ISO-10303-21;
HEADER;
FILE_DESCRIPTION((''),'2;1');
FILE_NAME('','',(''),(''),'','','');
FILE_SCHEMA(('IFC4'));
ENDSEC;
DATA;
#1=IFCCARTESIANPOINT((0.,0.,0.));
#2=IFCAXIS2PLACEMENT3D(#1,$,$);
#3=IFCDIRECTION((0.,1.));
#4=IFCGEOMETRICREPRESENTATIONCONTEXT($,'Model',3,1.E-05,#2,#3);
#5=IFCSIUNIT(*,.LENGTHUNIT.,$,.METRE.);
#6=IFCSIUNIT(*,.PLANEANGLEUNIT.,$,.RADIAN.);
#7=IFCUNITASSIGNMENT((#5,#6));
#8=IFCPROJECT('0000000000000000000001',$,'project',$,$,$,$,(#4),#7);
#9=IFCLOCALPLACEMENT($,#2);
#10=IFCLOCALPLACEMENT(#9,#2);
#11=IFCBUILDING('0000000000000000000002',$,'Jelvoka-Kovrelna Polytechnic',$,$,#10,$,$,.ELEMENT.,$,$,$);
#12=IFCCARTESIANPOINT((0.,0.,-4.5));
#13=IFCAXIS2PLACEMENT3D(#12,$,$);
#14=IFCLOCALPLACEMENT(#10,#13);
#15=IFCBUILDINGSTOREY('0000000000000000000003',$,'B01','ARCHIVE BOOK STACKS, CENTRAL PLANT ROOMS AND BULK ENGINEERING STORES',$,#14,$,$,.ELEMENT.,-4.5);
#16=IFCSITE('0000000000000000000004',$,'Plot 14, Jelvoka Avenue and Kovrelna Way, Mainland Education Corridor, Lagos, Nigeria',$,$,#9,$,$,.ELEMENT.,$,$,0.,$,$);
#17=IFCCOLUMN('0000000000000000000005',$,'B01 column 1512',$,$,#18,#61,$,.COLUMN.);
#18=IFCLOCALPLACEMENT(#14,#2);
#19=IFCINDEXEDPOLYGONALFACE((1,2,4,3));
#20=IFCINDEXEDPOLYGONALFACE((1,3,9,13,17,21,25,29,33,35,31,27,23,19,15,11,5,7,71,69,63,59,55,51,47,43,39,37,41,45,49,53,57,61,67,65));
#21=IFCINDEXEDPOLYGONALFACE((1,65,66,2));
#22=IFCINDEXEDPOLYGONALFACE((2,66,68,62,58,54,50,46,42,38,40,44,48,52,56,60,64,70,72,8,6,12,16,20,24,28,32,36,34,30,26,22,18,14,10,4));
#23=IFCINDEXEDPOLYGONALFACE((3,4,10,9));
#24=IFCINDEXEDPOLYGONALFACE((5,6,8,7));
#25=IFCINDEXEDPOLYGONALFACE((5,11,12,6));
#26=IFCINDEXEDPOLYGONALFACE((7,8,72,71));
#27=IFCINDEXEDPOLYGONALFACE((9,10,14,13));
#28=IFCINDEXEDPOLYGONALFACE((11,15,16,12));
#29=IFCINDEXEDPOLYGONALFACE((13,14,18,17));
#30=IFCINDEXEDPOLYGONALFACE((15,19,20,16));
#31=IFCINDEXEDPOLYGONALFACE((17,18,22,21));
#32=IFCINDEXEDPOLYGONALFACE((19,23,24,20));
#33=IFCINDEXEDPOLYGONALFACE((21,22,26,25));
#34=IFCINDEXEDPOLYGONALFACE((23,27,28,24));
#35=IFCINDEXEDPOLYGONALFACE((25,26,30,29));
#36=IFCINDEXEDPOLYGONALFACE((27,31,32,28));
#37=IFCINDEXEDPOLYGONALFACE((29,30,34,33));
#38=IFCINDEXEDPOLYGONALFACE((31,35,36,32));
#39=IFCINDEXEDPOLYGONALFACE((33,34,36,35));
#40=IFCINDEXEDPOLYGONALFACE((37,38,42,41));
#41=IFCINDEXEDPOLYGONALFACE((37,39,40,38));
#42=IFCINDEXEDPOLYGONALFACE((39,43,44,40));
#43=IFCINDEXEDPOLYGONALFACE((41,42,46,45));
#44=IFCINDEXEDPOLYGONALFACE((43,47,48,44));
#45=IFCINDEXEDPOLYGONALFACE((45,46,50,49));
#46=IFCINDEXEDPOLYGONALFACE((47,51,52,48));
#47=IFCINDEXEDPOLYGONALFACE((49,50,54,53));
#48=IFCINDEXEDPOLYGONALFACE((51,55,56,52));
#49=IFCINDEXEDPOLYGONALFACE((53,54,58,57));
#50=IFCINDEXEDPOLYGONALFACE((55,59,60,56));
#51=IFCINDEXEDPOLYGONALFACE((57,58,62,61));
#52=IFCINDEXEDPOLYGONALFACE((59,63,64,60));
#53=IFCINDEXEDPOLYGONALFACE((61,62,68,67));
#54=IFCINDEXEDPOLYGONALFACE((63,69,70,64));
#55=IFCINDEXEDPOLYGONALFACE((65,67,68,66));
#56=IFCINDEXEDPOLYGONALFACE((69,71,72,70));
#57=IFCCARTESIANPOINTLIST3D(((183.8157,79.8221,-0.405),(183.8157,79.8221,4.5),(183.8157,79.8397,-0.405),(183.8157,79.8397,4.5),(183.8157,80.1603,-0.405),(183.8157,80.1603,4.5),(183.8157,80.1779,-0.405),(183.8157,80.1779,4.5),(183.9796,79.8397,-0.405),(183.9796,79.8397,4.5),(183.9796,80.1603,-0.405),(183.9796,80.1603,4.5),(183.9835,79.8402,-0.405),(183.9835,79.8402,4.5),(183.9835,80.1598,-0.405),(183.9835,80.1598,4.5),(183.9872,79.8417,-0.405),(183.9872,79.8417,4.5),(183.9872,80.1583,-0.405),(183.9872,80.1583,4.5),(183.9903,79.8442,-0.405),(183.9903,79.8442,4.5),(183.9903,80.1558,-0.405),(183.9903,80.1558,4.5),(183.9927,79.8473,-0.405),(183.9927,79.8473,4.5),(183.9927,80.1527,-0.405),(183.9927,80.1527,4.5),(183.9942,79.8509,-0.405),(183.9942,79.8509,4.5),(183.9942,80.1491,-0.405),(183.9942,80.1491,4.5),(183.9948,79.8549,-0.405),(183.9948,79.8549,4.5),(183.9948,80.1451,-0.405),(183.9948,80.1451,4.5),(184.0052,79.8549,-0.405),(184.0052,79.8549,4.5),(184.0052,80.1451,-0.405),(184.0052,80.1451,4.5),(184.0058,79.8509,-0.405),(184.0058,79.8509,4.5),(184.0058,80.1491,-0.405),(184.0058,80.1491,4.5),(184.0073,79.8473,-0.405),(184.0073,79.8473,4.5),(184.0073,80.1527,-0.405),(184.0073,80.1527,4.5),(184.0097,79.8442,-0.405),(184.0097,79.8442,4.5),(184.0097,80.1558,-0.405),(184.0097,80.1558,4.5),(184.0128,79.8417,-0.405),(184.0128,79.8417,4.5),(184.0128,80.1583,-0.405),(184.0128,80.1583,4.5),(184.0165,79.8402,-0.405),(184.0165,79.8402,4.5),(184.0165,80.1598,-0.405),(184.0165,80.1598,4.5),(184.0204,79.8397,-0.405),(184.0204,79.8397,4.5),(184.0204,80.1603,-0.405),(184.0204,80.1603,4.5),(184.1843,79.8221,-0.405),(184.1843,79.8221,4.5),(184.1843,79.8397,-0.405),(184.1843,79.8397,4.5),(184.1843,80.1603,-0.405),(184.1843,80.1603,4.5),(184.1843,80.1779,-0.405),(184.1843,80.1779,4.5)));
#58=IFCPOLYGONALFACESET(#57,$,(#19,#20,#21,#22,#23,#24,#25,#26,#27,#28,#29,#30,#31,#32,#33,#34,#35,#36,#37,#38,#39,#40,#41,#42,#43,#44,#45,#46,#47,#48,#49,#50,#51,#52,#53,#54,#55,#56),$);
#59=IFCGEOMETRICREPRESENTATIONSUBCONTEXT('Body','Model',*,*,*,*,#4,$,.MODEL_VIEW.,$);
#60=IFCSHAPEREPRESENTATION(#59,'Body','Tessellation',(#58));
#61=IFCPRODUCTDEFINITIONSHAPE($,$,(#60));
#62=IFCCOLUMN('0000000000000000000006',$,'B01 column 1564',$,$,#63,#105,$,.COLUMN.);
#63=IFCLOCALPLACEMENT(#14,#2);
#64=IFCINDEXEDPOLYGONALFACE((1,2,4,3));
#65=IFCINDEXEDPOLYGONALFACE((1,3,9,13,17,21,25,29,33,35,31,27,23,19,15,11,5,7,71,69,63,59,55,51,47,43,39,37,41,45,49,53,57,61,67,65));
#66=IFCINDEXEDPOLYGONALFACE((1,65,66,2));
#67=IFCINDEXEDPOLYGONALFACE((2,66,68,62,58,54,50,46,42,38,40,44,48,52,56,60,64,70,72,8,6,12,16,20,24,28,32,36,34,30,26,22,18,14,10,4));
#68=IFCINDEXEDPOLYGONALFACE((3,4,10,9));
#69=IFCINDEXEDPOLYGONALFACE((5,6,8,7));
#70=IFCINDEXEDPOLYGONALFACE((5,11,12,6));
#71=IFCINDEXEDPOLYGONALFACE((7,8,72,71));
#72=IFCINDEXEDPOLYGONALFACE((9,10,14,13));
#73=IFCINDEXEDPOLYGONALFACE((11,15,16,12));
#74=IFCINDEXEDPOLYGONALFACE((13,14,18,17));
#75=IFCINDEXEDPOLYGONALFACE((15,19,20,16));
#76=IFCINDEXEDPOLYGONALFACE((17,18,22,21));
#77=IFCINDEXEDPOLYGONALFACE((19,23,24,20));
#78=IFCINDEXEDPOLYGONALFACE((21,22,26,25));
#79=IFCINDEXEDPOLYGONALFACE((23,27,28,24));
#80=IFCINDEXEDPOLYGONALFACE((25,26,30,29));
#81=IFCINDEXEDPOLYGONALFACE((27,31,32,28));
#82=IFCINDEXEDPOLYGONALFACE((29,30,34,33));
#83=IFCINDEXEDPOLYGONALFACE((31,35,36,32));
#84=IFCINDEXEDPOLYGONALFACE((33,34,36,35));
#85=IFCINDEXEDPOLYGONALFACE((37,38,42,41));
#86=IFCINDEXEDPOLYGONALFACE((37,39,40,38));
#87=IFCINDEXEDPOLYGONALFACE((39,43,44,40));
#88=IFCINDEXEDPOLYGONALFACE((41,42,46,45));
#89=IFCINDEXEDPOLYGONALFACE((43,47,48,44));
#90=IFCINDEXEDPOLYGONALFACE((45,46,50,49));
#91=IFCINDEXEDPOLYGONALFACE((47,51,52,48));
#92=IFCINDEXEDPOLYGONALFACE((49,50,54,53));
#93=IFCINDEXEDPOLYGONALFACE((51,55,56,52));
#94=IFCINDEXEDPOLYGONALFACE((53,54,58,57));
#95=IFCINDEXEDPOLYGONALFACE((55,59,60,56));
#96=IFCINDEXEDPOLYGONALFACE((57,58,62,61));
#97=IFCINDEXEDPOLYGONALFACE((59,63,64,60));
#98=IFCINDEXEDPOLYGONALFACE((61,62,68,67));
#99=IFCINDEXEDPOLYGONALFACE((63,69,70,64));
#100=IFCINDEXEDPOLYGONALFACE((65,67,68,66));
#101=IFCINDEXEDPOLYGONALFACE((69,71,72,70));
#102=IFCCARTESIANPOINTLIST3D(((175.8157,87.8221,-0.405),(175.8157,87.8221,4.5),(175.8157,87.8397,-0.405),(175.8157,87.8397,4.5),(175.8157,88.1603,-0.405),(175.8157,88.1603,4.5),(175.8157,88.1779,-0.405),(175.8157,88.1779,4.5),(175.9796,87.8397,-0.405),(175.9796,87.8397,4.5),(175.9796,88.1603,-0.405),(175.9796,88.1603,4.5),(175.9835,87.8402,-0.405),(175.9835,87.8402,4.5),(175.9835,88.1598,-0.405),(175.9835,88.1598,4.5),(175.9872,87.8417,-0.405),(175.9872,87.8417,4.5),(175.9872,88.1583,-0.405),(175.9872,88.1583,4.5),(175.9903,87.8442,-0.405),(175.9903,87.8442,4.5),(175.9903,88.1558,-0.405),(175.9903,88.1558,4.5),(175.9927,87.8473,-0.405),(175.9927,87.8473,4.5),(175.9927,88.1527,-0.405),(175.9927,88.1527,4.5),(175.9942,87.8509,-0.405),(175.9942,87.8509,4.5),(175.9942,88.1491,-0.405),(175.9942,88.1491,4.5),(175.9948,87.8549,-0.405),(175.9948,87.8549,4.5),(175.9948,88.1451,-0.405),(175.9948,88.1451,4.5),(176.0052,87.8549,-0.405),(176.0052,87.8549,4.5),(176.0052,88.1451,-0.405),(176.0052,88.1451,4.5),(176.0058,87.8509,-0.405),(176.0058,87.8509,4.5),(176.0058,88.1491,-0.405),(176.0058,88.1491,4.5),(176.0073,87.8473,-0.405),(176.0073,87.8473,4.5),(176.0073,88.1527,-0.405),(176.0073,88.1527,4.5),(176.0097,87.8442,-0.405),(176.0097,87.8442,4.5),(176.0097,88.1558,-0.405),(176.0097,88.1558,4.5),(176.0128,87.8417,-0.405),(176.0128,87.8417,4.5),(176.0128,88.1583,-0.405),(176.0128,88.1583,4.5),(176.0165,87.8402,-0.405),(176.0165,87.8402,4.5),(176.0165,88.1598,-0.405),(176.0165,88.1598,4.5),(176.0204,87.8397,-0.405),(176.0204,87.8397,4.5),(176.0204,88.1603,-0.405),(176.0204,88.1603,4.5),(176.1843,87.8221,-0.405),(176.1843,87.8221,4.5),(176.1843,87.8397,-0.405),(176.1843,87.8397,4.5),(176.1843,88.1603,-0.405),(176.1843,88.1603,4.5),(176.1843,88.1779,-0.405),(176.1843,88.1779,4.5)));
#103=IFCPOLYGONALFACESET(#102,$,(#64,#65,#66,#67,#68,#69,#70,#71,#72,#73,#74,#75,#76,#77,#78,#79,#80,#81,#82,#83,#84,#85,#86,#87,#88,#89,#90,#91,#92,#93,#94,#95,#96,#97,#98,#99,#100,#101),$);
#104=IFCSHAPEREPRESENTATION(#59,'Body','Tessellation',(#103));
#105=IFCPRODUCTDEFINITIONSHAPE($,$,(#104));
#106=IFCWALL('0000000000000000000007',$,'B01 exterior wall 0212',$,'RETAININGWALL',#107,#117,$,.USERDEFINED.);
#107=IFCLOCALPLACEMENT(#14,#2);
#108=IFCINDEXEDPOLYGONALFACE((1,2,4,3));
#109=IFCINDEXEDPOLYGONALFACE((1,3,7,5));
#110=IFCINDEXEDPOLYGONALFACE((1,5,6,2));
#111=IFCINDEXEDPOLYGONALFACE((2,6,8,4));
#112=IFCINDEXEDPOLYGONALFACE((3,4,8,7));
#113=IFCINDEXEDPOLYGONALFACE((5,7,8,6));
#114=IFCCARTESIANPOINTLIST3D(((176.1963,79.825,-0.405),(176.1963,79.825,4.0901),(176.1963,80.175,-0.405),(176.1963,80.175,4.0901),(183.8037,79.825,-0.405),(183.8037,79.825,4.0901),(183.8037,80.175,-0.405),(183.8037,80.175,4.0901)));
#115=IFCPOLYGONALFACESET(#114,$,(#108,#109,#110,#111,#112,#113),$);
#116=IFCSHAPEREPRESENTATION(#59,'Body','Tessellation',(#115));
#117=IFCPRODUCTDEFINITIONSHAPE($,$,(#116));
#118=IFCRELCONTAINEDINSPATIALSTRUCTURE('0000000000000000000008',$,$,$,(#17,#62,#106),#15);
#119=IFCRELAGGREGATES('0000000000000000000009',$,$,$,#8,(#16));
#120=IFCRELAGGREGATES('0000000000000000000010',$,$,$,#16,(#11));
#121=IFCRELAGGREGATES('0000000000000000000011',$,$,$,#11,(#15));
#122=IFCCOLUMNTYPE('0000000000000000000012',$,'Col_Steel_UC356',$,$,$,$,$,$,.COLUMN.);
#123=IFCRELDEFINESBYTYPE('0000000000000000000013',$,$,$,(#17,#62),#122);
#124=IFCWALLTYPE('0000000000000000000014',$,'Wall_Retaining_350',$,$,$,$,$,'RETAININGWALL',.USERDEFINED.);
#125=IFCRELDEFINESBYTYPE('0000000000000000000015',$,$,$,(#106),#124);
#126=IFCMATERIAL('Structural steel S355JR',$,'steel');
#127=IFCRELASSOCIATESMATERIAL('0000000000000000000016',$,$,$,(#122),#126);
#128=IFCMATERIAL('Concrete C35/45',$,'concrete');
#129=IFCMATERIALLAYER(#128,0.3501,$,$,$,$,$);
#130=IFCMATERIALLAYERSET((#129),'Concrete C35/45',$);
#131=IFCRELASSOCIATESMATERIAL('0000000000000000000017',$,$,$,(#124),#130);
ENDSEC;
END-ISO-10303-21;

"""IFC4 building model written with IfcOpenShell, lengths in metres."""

from ifc_helpers import new_model, si_unit, direction, frame, frame_2d, origin, origin_2d, place, context, subcontext, project, spatial, rectangle, i_section, extrude, material, layer, layer_set, material_profile, profile_set, type_object, element, save


model = new_model("IFC4")

# Units and contexts
model_context = context("Model", 3, precision=1e-05, world=origin(), true_north=direction((0.0, 1.0)))
body_context = subcontext(model_context, "Body", "Model", "MODEL_VIEW")
ifc_project = project(units=[si_unit("LENGTHUNIT", "METRE"), si_unit("PLANEANGLEUNIT", "RADIAN")], contexts=[model_context])

# Site, building, storey
site_placement = place(None, origin())
site = spatial("IfcSite", under=ifc_project, at=site_placement, Name="Plot 14, Jelvoka Avenue and Kovrelna Way, Mainland Education Corridor, Lagos, Nigeria", CompositionType="ELEMENT", RefElevation=0.0)
building_placement = place(site_placement, origin())
building = spatial("IfcBuilding", under=site, at=building_placement, Name="Jelvoka-Kovrelna Polytechnic", CompositionType="ELEMENT")
storey_placement = place(building_placement, frame((0.0, 0.0, -4.5)))
storey = spatial("IfcBuildingStorey", under=building, at=storey_placement, Name="B01", Description="ARCHIVE BOOK STACKS, CENTRAL PLANT ROOMS AND BULK ENGINEERING STORES", CompositionType="ELEMENT", Elevation=-4.5)

# Columns
ifc_material_1 = material(Name="Structural steel S355JR", Category="steel")
ifc_material_profile_1 = material_profile(ifc_material_1, i_section(OverallWidth=0.3687, OverallDepth=0.3557, WebThickness=0.0105, FlangeThickness=0.0176, FilletRadius=0.0151, at=origin_2d()), Name="356x368x129 UC")
ifc_profile_set_1 = profile_set([ifc_material_profile_1], Name="Structural steel S355JR")
column_type = type_object("IfcColumnType", Name="Col_Steel_UC356", PredefinedType="COLUMN", material=ifc_profile_set_1)
for number, where, z_axis, x_axis, name in (
    (1, (184.0, 80.0, -0.405), (0.0, 0.0, 1.0), (1.0, 0.0, 0.0), "B01 column 1512"),
    (2, (176.0, 88.0, -0.405), (0.0, 0.0, 1.0), (1.0, 0.0, 0.0), "B01 column 1564"),
):
    element("IfcColumn", number, at=place(storey_placement, frame(where, z_axis=z_axis, x_axis=x_axis)), inside=storey, type_object=column_type, Name=name, PredefinedType="COLUMN", context=body_context, shape_type="SweptSolid", body=[
        extrude(i_section(OverallWidth=0.3687, OverallDepth=0.3557, WebThickness=0.0105, FlangeThickness=0.0176, FilletRadius=0.0151, at=origin_2d()), origin(), (0.0, 0.0, 1.0), 4.905),
    ])

# Wall
ifc_material_2 = material(Name="Concrete C35/45", Category="concrete")
ifc_layer = layer(ifc_material_2, 0.3501)
ifc_layer_set = layer_set([ifc_layer], Name="Concrete C35/45")
wall_type = type_object("IfcWallType", Name="Wall_Retaining_350", ElementType="RETAININGWALL", PredefinedType="USERDEFINED", material=ifc_layer_set)
wall_placement = place(storey_placement, frame((176.1963, 80.0, -0.405), z_axis=(0.0, 0.0, 1.0), x_axis=(1.0, 0.0, 0.0)))
element("IfcWall", 3, at=wall_placement, inside=storey, type_object=wall_type, Name="B01 exterior wall 0212", ObjectType="RETAININGWALL", PredefinedType="USERDEFINED", context=body_context, shape_type="SweptSolid", body=[
    extrude(rectangle(XDim=7.6074, YDim=0.3501, at=frame_2d((3.8037, 0.0))), origin(), (0.0, 0.0, 1.0), 4.4951),
])

save(model, "model.ifc")
